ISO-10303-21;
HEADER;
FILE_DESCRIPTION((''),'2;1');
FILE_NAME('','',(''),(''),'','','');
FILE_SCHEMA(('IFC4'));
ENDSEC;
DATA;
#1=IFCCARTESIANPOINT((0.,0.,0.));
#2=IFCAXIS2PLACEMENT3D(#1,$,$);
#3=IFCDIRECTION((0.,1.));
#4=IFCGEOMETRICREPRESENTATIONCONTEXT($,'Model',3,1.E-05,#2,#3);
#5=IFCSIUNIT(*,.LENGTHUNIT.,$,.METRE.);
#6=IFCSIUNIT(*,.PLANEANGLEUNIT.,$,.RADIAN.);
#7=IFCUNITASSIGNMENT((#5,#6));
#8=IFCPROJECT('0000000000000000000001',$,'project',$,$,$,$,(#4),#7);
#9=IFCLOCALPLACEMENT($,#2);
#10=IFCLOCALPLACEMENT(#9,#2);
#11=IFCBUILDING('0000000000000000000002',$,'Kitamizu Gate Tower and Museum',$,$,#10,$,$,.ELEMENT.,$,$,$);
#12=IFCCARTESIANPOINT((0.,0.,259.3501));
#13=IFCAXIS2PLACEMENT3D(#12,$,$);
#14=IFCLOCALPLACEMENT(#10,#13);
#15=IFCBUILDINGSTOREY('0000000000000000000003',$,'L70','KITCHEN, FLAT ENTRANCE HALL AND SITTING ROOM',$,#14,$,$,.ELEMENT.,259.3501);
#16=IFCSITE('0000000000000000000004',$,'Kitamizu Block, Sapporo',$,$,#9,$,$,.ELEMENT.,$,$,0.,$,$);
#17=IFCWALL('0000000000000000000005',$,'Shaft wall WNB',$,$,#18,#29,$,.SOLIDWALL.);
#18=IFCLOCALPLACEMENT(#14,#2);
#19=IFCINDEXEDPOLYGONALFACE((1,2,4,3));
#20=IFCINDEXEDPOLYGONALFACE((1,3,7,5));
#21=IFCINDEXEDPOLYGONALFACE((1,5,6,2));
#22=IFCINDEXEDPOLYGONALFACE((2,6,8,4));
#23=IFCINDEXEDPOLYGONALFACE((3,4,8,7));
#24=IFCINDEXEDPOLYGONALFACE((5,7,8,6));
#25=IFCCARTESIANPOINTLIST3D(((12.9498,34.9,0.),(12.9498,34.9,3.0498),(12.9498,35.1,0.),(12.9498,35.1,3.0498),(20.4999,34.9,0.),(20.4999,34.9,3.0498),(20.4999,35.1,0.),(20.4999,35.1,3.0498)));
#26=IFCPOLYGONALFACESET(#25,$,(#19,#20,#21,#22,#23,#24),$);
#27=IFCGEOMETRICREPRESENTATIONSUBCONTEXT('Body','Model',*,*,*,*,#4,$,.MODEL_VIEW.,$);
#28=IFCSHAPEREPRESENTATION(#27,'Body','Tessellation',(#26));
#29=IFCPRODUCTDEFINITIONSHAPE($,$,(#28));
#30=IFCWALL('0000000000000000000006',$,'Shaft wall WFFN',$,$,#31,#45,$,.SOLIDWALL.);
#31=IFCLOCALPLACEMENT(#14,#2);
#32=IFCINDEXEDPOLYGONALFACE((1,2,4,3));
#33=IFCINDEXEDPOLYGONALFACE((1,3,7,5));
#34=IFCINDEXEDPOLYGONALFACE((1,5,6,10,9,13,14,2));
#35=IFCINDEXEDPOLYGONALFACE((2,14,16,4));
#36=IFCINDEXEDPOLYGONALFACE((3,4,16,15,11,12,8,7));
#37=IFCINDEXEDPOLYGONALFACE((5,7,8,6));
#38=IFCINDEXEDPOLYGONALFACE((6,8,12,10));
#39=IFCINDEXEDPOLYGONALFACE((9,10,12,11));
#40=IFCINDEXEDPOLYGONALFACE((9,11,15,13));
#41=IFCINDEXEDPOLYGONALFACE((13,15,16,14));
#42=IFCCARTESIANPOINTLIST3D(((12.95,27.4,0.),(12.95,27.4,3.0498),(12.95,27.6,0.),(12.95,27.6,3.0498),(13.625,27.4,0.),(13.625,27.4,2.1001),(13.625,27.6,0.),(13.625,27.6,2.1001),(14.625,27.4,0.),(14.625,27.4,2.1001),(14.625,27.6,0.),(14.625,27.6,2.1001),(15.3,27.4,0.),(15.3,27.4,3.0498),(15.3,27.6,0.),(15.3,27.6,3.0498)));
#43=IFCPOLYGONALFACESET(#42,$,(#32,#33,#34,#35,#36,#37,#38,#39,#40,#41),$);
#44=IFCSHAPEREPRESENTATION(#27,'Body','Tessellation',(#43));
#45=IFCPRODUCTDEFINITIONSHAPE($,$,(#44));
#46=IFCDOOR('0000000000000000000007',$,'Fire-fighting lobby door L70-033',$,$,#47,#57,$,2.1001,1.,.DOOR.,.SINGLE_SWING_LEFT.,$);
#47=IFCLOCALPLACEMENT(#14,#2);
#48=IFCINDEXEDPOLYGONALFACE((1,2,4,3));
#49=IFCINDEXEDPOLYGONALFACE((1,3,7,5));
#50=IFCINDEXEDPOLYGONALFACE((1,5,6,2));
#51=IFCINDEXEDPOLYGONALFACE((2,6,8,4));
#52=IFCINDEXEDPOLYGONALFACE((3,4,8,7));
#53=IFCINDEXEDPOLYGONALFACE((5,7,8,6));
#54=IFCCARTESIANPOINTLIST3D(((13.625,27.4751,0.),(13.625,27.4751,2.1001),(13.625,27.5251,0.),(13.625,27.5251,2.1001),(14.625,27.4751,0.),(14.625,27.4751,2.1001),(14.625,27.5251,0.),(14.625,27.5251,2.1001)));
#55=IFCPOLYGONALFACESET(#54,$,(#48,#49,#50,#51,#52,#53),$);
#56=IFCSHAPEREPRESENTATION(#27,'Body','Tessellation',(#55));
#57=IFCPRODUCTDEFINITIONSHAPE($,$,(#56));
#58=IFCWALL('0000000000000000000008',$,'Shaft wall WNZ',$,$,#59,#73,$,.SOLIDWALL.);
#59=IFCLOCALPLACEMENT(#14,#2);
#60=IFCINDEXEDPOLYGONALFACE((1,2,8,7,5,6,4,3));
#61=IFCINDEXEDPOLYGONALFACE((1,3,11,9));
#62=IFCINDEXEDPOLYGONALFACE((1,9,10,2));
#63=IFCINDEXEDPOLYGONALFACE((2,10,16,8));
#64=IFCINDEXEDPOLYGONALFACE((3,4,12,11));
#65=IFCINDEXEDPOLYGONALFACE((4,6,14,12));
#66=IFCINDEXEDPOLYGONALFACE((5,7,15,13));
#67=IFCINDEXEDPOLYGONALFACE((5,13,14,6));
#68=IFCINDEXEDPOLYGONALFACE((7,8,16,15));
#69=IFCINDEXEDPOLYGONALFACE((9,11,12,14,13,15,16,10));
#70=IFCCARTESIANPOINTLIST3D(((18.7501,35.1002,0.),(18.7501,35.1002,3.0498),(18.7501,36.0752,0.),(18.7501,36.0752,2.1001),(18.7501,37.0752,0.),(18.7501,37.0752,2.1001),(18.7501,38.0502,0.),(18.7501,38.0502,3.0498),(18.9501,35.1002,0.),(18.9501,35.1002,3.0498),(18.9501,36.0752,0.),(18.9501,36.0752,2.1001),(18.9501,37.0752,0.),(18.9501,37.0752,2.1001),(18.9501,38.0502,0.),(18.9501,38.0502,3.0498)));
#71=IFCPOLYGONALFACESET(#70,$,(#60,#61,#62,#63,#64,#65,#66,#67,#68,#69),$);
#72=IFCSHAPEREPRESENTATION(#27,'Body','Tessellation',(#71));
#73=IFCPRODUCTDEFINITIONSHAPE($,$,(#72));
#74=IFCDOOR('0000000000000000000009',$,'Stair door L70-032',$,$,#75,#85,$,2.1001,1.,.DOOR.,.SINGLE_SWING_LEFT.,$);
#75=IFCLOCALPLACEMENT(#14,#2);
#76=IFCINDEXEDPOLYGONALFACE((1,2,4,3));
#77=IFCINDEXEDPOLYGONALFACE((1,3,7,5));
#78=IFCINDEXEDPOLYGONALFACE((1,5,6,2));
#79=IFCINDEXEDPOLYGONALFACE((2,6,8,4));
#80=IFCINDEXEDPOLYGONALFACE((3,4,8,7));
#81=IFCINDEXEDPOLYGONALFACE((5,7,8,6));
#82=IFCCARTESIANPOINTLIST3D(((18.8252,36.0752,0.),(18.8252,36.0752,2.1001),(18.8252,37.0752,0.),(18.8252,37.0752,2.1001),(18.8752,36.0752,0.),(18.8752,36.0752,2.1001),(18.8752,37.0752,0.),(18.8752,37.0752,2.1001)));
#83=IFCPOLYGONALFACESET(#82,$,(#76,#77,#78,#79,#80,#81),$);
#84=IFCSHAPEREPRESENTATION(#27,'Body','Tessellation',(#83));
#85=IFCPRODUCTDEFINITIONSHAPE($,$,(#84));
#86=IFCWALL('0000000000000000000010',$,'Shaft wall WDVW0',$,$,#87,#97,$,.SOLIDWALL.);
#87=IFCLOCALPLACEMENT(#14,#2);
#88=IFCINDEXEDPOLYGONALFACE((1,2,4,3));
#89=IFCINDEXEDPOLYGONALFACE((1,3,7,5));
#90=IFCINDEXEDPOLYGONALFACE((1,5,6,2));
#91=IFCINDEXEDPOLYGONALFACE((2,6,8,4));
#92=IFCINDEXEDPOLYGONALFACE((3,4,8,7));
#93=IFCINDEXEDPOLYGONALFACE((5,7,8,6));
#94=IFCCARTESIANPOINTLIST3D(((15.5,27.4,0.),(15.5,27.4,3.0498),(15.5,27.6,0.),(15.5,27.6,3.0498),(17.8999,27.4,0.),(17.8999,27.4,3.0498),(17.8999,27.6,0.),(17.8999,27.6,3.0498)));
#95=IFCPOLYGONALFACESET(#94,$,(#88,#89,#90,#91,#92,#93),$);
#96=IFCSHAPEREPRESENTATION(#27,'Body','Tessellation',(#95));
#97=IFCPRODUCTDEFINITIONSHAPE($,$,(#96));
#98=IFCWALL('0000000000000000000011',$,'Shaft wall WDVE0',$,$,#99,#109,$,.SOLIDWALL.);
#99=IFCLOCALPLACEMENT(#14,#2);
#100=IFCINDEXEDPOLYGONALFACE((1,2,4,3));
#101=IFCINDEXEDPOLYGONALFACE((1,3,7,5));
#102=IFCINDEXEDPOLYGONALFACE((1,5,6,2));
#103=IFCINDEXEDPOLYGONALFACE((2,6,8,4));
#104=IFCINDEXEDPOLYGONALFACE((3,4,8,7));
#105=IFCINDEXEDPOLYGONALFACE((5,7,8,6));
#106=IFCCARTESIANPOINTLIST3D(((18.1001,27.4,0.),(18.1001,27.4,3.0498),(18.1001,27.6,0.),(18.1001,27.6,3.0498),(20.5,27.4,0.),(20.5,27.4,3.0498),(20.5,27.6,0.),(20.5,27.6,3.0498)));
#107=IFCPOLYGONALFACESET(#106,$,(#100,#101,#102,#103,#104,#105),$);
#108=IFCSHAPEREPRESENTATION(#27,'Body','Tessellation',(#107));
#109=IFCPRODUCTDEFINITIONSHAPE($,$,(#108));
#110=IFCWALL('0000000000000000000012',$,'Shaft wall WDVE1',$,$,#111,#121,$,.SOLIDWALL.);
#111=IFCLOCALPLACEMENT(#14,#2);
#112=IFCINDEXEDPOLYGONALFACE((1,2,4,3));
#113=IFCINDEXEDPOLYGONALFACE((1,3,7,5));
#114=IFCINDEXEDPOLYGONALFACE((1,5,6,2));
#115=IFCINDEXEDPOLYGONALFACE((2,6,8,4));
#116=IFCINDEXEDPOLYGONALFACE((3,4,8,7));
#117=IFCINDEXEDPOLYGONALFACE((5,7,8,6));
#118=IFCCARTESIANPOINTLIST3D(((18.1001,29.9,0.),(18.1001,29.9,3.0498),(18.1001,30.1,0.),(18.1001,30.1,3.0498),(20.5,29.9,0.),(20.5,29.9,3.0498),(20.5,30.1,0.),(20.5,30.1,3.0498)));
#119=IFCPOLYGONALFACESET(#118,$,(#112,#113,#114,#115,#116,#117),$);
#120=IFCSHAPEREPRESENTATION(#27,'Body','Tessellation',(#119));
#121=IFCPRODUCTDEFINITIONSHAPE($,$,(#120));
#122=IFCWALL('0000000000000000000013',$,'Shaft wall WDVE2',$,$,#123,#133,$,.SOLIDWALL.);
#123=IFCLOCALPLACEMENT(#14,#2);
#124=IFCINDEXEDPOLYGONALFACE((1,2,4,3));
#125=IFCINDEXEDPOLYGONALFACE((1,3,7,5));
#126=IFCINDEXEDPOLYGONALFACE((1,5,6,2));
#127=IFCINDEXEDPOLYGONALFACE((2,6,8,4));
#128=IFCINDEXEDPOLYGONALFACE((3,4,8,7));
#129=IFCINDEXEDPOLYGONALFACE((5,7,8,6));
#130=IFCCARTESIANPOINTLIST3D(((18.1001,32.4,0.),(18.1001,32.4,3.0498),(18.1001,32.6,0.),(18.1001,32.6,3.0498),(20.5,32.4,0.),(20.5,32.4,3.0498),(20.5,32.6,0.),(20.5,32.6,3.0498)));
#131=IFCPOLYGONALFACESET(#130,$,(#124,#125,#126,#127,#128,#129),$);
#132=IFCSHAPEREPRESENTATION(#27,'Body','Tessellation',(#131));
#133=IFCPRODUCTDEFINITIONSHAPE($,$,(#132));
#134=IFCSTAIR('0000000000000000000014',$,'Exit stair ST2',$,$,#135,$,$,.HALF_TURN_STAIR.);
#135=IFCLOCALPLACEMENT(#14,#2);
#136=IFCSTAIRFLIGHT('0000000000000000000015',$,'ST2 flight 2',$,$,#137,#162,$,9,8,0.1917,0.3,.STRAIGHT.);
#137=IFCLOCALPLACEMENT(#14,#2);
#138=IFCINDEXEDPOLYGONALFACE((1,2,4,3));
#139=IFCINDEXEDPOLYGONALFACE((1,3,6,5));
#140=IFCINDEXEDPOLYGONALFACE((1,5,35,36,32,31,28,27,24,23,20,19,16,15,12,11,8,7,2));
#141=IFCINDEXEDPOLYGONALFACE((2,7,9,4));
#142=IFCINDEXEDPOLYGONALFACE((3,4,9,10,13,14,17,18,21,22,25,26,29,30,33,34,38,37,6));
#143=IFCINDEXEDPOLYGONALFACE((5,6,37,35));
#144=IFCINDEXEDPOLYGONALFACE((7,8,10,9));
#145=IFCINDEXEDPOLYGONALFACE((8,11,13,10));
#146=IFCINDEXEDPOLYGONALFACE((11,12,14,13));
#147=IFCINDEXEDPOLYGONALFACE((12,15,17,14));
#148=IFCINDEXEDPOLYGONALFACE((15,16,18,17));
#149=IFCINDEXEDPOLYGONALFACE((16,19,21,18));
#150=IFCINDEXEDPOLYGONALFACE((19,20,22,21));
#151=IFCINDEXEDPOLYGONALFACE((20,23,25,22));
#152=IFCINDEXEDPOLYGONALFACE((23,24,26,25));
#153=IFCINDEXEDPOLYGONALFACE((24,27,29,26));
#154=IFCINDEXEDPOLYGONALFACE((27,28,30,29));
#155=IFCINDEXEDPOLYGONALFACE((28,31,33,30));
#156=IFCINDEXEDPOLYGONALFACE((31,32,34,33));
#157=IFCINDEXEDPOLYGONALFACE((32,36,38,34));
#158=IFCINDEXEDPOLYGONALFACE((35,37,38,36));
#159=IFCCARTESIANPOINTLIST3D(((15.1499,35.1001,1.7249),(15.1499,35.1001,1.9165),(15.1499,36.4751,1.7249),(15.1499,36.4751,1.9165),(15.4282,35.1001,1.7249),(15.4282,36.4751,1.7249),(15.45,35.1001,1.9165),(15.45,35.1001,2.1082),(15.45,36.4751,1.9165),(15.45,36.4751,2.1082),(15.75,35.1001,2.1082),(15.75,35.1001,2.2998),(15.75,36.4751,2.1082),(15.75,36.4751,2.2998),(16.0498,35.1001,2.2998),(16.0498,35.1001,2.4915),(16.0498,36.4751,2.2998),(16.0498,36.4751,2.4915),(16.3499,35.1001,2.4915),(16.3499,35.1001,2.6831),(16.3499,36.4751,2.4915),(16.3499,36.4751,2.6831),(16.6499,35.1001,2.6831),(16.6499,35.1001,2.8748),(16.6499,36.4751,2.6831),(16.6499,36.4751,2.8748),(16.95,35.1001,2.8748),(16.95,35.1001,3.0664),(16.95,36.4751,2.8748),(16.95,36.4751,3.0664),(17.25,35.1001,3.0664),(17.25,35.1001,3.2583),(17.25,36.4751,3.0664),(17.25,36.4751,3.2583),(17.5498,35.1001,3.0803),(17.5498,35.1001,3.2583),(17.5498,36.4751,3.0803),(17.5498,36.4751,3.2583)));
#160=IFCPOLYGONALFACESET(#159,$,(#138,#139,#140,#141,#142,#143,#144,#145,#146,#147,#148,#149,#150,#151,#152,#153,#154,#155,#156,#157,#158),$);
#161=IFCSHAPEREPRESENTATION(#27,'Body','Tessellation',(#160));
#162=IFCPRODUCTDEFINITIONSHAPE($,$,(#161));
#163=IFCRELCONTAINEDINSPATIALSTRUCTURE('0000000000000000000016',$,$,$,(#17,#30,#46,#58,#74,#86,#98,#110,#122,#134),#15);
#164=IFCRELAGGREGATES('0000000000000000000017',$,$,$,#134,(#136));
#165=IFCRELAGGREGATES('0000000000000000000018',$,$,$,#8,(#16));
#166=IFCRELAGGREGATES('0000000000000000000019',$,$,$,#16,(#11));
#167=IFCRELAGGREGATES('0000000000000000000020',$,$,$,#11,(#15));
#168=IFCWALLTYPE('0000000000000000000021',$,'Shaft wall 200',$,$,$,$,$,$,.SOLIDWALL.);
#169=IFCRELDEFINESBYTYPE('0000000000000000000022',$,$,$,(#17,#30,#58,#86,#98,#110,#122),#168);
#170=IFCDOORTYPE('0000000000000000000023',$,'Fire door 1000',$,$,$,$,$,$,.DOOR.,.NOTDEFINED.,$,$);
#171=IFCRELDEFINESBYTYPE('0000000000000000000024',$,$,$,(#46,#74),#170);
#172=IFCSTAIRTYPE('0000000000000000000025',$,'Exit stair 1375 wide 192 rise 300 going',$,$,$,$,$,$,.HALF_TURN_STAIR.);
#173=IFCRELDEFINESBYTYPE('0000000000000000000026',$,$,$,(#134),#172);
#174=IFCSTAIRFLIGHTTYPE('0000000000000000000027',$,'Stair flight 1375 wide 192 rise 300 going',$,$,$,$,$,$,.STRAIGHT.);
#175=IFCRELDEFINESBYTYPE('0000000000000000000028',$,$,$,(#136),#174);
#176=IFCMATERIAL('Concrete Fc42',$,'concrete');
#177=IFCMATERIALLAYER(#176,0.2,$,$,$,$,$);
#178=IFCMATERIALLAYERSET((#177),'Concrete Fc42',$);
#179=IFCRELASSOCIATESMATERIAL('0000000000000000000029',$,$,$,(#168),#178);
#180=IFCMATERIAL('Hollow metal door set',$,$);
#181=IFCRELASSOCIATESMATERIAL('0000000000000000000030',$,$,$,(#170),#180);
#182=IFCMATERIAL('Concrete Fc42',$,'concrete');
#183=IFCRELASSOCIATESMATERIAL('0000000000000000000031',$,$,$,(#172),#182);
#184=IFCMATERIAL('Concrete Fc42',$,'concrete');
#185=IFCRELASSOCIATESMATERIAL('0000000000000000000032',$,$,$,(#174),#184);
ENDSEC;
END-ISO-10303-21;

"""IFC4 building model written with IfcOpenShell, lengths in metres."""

from ifc_helpers import new_model, si_unit, direction, frame, frame_2d, origin, place, context, subcontext, project, spatial, polyline, rectangle, outline, extrude, material, layer, layer_set, type_object, element, fill, aggregate, save


model = new_model("IFC4")

# Units and contexts
model_context = context("Model", 3, precision=1e-05, world=origin(), true_north=direction((0.0, 1.0)))
body_context = subcontext(model_context, "Body", "Model", "MODEL_VIEW")
ifc_project = project(units=[si_unit("LENGTHUNIT", "METRE"), si_unit("PLANEANGLEUNIT", "RADIAN")], contexts=[model_context])

# Site, building, storey
site_placement = place(None, origin())
site = spatial("IfcSite", under=ifc_project, at=site_placement, Name="Kitamizu Block, Sapporo", CompositionType="ELEMENT", RefElevation=0.0)
building_placement = place(site_placement, origin())
building = spatial("IfcBuilding", under=site, at=building_placement, Name="Kitamizu Gate Tower and Museum", CompositionType="ELEMENT")
storey_placement = place(building_placement, frame((0.0, 0.0, 259.3501)))
storey = spatial("IfcBuildingStorey", under=building, at=storey_placement, Name="L70", Description="KITCHEN, FLAT ENTRANCE HALL AND SITTING ROOM", CompositionType="ELEMENT", Elevation=259.3501)

# Shared definitions
ifc_material_1 = material(Name="Concrete Fc42", Category="concrete")
ifc_layer_1 = layer(ifc_material_1, 0.2)
ifc_layer_set_1 = layer_set([ifc_layer_1], Name="Concrete Fc42")
wall_type_1 = type_object("IfcWallType", Name="Shaft wall 200", PredefinedType="SOLIDWALL", material=ifc_layer_set_1)
ifc_material_2 = material(Name="Hollow metal door set")
door_type_1 = type_object("IfcDoorType", Name="Fire door 1000", OperationType="NOTDEFINED", PredefinedType="DOOR", material=ifc_material_2)

# Wall
wall_1_placement = place(storey_placement, frame((12.95, 35.0, 0.0), z_axis=(0.0, 0.0, 1.0), x_axis=(1.0, 0.0, 0.0)))
element("IfcWall", 1, at=wall_1_placement, inside=storey, type_object=wall_type_1, Name="Shaft wall WNB", PredefinedType="SOLIDWALL", context=body_context, shape_type="SweptSolid", body=[
    extrude(rectangle(XDim=7.55, YDim=0.2, at=frame_2d((3.7749, 0.0))), origin(), (0.0, 0.0, 1.0), 3.0498),
])

# Walls, openings, doors
wall_2_placement = place(storey_placement, frame((12.95, 27.5, 0.0), z_axis=(0.0, 0.0, 1.0), x_axis=(1.0, 0.0, 0.0)))
wall_2 = element("IfcWall", 2, at=wall_2_placement, inside=storey, type_object=wall_type_1, Name="Shaft wall WFFN", PredefinedType="SOLIDWALL", context=body_context, shape_type="SweptSolid", body=[
    extrude(rectangle(XDim=2.3501, YDim=0.2, at=frame_2d((1.175, 0.0))), origin(), (0.0, 0.0, 1.0), 3.0498),
])
opening_1_placement = place(wall_2_placement, frame((0.675, 0.0, 0.0)))
opening_1 = element("IfcOpeningElement", 3, at=opening_1_placement, cuts=wall_2, PredefinedType="OPENING", context=body_context, shape_type="SweptSolid", body=[
    extrude(rectangle(XDim=1.0, YDim=2.1001, at=frame_2d((0.5, 1.05))), frame((0.0, 0.1099, 0.0), z_axis=(0.0, -1.0, 0.0), x_axis=(1.0, 0.0, 0.0)), (0.0, 0.0, 1.0), 0.22),
])
door_1_placement = place(opening_1_placement, frame((1.0, 0.0, 0.0), x_axis=(-1.0, 0.0, 0.0)))
door_1 = element("IfcDoor", 4, at=door_1_placement, inside=storey, type_object=door_type_1, Name="Fire-fighting lobby door L70-033", OperationType="SINGLE_SWING_LEFT", OverallHeight=2.1001, OverallWidth=1.0, PredefinedType="DOOR", context=body_context, shape_type="SweptSolid", body=[
    extrude(rectangle(XDim=1.0, YDim=2.1001, at=frame_2d((0.5, 1.05))), frame((0.0, 0.0249, 0.0), z_axis=(0.0, -1.0, 0.0), x_axis=(1.0, 0.0, 0.0)), (0.0, 0.0, 1.0), 0.05),
])
fill(opening_1, door_1)
wall_3_placement = place(storey_placement, frame((18.8501, 35.1001, 0.0), z_axis=(0.0, 0.0, 1.0), x_axis=(0.0, 1.0, 0.0)))
wall_3 = element("IfcWall", 5, at=wall_3_placement, inside=storey, type_object=wall_type_1, Name="Shaft wall WNZ", PredefinedType="SOLIDWALL", context=body_context, shape_type="SweptSolid", body=[
    extrude(rectangle(XDim=2.95, YDim=0.2, at=frame_2d((1.4751, 0.0))), origin(), (0.0, 0.0, 1.0), 3.0498),
])
opening_2_placement = place(wall_3_placement, frame((0.9751, 0.0, 0.0)))
opening_2 = element("IfcOpeningElement", 6, at=opening_2_placement, cuts=wall_3, PredefinedType="OPENING", context=body_context, shape_type="SweptSolid", body=[
    extrude(rectangle(XDim=1.0, YDim=2.1001, at=frame_2d((0.5, 1.05))), frame((0.0, 0.1099, 0.0), z_axis=(0.0, -1.0, 0.0), x_axis=(1.0, 0.0, 0.0)), (0.0, 0.0, 1.0), 0.22),
])
door_2_placement = place(opening_2_placement, origin())
door_2 = element("IfcDoor", 7, at=door_2_placement, inside=storey, type_object=door_type_1, Name="Stair door L70-032", OperationType="SINGLE_SWING_LEFT", OverallHeight=2.1001, OverallWidth=1.0, PredefinedType="DOOR", context=body_context, shape_type="SweptSolid", body=[
    extrude(rectangle(XDim=1.0, YDim=2.1001, at=frame_2d((0.5, 1.05))), frame((0.0, 0.0249, 0.0), z_axis=(0.0, -1.0, 0.0), x_axis=(1.0, 0.0, 0.0)), (0.0, 0.0, 1.0), 0.05),
])
fill(opening_2, door_2)

# Walls
for number, where, z_axis, x_axis, name in (
    (8, (15.5, 27.5, 0.0), (0.0, 0.0, 1.0), (1.0, 0.0, 0.0), "Shaft wall WDVW0"),
    (9, (18.1001, 27.5, 0.0), (0.0, 0.0, 1.0), (1.0, 0.0, 0.0), "Shaft wall WDVE0"),
    (10, (18.1001, 30.0, 0.0), (0.0, 0.0, 1.0), (1.0, 0.0, 0.0), "Shaft wall WDVE1"),
    (11, (18.1001, 32.5, 0.0), (0.0, 0.0, 1.0), (1.0, 0.0, 0.0), "Shaft wall WDVE2"),
):
    element("IfcWall", number, at=place(storey_placement, frame(where, z_axis=z_axis, x_axis=x_axis)), inside=storey, type_object=wall_type_1, Name=name, PredefinedType="SOLIDWALL", context=body_context, shape_type="SweptSolid", body=[
        extrude(rectangle(XDim=2.3999, YDim=0.2, at=frame_2d((1.2, 0.0))), origin(), (0.0, 0.0, 1.0), 3.0498),
    ])

# Stair, stair flight
ifc_material_3 = material(Name="Concrete Fc42", Category="concrete")
stair_type = type_object("IfcStairType", Name="Exit stair 1375 wide 192 rise 300 going", PredefinedType="HALF_TURN_STAIR", material=ifc_material_3)
stair_placement = place(storey_placement, origin())
stair = element("IfcStair", 12, at=stair_placement, inside=storey, type_object=stair_type, Name="Exit stair ST2", PredefinedType="HALF_TURN_STAIR")
ifc_material_4 = material(Name="Concrete Fc42", Category="concrete")
stair_flight_type = type_object("IfcStairFlightType", Name="Stair flight 1375 wide 192 rise 300 going", PredefinedType="STRAIGHT", material=ifc_material_4)
stair_flight_placement = place(storey_placement, frame((15.1499, 35.7876, 1.7249), z_axis=(0.0, 0.0, 1.0), x_axis=(1.0, 0.0, 0.0)))
stair_flight = element("IfcStairFlight", 13, at=stair_flight_placement, type_object=stair_flight_type, Name="ST2 flight 2", NumberOfRisers=9, NumberOfTreads=8, PredefinedType="STRAIGHT", RiserHeight=0.1917, TreadLength=0.3, context=body_context, shape_type="SweptSolid", body=[
    extrude(outline(polyline([(0.0, 0.0), (0.0, 0.1917), (0.3, 0.1917), (0.3, 0.3833), (0.6001, 0.3833), (0.6001, 0.575), (0.8999, 0.575), (0.8999, 0.7666), (1.2, 0.7666), (1.2, 0.9583), (1.5, 0.9583), (1.5, 1.1499), (1.8, 1.1499), (1.8, 1.3416), (2.1001, 1.3416), (2.1001, 1.5334), (2.3999, 1.5334), (2.3999, 1.7251), (2.3999, 1.3555), (0.2783, 0.0), (0.0, 0.0)])), frame((0.0, 0.6875, 0.0), z_axis=(0.0, -1.0, 0.0), x_axis=(1.0, 0.0, 0.0)), (0.0, 0.0, 1.0), 1.375),
])
aggregate(stair, [stair_flight])

save(model, "model.ifc")
